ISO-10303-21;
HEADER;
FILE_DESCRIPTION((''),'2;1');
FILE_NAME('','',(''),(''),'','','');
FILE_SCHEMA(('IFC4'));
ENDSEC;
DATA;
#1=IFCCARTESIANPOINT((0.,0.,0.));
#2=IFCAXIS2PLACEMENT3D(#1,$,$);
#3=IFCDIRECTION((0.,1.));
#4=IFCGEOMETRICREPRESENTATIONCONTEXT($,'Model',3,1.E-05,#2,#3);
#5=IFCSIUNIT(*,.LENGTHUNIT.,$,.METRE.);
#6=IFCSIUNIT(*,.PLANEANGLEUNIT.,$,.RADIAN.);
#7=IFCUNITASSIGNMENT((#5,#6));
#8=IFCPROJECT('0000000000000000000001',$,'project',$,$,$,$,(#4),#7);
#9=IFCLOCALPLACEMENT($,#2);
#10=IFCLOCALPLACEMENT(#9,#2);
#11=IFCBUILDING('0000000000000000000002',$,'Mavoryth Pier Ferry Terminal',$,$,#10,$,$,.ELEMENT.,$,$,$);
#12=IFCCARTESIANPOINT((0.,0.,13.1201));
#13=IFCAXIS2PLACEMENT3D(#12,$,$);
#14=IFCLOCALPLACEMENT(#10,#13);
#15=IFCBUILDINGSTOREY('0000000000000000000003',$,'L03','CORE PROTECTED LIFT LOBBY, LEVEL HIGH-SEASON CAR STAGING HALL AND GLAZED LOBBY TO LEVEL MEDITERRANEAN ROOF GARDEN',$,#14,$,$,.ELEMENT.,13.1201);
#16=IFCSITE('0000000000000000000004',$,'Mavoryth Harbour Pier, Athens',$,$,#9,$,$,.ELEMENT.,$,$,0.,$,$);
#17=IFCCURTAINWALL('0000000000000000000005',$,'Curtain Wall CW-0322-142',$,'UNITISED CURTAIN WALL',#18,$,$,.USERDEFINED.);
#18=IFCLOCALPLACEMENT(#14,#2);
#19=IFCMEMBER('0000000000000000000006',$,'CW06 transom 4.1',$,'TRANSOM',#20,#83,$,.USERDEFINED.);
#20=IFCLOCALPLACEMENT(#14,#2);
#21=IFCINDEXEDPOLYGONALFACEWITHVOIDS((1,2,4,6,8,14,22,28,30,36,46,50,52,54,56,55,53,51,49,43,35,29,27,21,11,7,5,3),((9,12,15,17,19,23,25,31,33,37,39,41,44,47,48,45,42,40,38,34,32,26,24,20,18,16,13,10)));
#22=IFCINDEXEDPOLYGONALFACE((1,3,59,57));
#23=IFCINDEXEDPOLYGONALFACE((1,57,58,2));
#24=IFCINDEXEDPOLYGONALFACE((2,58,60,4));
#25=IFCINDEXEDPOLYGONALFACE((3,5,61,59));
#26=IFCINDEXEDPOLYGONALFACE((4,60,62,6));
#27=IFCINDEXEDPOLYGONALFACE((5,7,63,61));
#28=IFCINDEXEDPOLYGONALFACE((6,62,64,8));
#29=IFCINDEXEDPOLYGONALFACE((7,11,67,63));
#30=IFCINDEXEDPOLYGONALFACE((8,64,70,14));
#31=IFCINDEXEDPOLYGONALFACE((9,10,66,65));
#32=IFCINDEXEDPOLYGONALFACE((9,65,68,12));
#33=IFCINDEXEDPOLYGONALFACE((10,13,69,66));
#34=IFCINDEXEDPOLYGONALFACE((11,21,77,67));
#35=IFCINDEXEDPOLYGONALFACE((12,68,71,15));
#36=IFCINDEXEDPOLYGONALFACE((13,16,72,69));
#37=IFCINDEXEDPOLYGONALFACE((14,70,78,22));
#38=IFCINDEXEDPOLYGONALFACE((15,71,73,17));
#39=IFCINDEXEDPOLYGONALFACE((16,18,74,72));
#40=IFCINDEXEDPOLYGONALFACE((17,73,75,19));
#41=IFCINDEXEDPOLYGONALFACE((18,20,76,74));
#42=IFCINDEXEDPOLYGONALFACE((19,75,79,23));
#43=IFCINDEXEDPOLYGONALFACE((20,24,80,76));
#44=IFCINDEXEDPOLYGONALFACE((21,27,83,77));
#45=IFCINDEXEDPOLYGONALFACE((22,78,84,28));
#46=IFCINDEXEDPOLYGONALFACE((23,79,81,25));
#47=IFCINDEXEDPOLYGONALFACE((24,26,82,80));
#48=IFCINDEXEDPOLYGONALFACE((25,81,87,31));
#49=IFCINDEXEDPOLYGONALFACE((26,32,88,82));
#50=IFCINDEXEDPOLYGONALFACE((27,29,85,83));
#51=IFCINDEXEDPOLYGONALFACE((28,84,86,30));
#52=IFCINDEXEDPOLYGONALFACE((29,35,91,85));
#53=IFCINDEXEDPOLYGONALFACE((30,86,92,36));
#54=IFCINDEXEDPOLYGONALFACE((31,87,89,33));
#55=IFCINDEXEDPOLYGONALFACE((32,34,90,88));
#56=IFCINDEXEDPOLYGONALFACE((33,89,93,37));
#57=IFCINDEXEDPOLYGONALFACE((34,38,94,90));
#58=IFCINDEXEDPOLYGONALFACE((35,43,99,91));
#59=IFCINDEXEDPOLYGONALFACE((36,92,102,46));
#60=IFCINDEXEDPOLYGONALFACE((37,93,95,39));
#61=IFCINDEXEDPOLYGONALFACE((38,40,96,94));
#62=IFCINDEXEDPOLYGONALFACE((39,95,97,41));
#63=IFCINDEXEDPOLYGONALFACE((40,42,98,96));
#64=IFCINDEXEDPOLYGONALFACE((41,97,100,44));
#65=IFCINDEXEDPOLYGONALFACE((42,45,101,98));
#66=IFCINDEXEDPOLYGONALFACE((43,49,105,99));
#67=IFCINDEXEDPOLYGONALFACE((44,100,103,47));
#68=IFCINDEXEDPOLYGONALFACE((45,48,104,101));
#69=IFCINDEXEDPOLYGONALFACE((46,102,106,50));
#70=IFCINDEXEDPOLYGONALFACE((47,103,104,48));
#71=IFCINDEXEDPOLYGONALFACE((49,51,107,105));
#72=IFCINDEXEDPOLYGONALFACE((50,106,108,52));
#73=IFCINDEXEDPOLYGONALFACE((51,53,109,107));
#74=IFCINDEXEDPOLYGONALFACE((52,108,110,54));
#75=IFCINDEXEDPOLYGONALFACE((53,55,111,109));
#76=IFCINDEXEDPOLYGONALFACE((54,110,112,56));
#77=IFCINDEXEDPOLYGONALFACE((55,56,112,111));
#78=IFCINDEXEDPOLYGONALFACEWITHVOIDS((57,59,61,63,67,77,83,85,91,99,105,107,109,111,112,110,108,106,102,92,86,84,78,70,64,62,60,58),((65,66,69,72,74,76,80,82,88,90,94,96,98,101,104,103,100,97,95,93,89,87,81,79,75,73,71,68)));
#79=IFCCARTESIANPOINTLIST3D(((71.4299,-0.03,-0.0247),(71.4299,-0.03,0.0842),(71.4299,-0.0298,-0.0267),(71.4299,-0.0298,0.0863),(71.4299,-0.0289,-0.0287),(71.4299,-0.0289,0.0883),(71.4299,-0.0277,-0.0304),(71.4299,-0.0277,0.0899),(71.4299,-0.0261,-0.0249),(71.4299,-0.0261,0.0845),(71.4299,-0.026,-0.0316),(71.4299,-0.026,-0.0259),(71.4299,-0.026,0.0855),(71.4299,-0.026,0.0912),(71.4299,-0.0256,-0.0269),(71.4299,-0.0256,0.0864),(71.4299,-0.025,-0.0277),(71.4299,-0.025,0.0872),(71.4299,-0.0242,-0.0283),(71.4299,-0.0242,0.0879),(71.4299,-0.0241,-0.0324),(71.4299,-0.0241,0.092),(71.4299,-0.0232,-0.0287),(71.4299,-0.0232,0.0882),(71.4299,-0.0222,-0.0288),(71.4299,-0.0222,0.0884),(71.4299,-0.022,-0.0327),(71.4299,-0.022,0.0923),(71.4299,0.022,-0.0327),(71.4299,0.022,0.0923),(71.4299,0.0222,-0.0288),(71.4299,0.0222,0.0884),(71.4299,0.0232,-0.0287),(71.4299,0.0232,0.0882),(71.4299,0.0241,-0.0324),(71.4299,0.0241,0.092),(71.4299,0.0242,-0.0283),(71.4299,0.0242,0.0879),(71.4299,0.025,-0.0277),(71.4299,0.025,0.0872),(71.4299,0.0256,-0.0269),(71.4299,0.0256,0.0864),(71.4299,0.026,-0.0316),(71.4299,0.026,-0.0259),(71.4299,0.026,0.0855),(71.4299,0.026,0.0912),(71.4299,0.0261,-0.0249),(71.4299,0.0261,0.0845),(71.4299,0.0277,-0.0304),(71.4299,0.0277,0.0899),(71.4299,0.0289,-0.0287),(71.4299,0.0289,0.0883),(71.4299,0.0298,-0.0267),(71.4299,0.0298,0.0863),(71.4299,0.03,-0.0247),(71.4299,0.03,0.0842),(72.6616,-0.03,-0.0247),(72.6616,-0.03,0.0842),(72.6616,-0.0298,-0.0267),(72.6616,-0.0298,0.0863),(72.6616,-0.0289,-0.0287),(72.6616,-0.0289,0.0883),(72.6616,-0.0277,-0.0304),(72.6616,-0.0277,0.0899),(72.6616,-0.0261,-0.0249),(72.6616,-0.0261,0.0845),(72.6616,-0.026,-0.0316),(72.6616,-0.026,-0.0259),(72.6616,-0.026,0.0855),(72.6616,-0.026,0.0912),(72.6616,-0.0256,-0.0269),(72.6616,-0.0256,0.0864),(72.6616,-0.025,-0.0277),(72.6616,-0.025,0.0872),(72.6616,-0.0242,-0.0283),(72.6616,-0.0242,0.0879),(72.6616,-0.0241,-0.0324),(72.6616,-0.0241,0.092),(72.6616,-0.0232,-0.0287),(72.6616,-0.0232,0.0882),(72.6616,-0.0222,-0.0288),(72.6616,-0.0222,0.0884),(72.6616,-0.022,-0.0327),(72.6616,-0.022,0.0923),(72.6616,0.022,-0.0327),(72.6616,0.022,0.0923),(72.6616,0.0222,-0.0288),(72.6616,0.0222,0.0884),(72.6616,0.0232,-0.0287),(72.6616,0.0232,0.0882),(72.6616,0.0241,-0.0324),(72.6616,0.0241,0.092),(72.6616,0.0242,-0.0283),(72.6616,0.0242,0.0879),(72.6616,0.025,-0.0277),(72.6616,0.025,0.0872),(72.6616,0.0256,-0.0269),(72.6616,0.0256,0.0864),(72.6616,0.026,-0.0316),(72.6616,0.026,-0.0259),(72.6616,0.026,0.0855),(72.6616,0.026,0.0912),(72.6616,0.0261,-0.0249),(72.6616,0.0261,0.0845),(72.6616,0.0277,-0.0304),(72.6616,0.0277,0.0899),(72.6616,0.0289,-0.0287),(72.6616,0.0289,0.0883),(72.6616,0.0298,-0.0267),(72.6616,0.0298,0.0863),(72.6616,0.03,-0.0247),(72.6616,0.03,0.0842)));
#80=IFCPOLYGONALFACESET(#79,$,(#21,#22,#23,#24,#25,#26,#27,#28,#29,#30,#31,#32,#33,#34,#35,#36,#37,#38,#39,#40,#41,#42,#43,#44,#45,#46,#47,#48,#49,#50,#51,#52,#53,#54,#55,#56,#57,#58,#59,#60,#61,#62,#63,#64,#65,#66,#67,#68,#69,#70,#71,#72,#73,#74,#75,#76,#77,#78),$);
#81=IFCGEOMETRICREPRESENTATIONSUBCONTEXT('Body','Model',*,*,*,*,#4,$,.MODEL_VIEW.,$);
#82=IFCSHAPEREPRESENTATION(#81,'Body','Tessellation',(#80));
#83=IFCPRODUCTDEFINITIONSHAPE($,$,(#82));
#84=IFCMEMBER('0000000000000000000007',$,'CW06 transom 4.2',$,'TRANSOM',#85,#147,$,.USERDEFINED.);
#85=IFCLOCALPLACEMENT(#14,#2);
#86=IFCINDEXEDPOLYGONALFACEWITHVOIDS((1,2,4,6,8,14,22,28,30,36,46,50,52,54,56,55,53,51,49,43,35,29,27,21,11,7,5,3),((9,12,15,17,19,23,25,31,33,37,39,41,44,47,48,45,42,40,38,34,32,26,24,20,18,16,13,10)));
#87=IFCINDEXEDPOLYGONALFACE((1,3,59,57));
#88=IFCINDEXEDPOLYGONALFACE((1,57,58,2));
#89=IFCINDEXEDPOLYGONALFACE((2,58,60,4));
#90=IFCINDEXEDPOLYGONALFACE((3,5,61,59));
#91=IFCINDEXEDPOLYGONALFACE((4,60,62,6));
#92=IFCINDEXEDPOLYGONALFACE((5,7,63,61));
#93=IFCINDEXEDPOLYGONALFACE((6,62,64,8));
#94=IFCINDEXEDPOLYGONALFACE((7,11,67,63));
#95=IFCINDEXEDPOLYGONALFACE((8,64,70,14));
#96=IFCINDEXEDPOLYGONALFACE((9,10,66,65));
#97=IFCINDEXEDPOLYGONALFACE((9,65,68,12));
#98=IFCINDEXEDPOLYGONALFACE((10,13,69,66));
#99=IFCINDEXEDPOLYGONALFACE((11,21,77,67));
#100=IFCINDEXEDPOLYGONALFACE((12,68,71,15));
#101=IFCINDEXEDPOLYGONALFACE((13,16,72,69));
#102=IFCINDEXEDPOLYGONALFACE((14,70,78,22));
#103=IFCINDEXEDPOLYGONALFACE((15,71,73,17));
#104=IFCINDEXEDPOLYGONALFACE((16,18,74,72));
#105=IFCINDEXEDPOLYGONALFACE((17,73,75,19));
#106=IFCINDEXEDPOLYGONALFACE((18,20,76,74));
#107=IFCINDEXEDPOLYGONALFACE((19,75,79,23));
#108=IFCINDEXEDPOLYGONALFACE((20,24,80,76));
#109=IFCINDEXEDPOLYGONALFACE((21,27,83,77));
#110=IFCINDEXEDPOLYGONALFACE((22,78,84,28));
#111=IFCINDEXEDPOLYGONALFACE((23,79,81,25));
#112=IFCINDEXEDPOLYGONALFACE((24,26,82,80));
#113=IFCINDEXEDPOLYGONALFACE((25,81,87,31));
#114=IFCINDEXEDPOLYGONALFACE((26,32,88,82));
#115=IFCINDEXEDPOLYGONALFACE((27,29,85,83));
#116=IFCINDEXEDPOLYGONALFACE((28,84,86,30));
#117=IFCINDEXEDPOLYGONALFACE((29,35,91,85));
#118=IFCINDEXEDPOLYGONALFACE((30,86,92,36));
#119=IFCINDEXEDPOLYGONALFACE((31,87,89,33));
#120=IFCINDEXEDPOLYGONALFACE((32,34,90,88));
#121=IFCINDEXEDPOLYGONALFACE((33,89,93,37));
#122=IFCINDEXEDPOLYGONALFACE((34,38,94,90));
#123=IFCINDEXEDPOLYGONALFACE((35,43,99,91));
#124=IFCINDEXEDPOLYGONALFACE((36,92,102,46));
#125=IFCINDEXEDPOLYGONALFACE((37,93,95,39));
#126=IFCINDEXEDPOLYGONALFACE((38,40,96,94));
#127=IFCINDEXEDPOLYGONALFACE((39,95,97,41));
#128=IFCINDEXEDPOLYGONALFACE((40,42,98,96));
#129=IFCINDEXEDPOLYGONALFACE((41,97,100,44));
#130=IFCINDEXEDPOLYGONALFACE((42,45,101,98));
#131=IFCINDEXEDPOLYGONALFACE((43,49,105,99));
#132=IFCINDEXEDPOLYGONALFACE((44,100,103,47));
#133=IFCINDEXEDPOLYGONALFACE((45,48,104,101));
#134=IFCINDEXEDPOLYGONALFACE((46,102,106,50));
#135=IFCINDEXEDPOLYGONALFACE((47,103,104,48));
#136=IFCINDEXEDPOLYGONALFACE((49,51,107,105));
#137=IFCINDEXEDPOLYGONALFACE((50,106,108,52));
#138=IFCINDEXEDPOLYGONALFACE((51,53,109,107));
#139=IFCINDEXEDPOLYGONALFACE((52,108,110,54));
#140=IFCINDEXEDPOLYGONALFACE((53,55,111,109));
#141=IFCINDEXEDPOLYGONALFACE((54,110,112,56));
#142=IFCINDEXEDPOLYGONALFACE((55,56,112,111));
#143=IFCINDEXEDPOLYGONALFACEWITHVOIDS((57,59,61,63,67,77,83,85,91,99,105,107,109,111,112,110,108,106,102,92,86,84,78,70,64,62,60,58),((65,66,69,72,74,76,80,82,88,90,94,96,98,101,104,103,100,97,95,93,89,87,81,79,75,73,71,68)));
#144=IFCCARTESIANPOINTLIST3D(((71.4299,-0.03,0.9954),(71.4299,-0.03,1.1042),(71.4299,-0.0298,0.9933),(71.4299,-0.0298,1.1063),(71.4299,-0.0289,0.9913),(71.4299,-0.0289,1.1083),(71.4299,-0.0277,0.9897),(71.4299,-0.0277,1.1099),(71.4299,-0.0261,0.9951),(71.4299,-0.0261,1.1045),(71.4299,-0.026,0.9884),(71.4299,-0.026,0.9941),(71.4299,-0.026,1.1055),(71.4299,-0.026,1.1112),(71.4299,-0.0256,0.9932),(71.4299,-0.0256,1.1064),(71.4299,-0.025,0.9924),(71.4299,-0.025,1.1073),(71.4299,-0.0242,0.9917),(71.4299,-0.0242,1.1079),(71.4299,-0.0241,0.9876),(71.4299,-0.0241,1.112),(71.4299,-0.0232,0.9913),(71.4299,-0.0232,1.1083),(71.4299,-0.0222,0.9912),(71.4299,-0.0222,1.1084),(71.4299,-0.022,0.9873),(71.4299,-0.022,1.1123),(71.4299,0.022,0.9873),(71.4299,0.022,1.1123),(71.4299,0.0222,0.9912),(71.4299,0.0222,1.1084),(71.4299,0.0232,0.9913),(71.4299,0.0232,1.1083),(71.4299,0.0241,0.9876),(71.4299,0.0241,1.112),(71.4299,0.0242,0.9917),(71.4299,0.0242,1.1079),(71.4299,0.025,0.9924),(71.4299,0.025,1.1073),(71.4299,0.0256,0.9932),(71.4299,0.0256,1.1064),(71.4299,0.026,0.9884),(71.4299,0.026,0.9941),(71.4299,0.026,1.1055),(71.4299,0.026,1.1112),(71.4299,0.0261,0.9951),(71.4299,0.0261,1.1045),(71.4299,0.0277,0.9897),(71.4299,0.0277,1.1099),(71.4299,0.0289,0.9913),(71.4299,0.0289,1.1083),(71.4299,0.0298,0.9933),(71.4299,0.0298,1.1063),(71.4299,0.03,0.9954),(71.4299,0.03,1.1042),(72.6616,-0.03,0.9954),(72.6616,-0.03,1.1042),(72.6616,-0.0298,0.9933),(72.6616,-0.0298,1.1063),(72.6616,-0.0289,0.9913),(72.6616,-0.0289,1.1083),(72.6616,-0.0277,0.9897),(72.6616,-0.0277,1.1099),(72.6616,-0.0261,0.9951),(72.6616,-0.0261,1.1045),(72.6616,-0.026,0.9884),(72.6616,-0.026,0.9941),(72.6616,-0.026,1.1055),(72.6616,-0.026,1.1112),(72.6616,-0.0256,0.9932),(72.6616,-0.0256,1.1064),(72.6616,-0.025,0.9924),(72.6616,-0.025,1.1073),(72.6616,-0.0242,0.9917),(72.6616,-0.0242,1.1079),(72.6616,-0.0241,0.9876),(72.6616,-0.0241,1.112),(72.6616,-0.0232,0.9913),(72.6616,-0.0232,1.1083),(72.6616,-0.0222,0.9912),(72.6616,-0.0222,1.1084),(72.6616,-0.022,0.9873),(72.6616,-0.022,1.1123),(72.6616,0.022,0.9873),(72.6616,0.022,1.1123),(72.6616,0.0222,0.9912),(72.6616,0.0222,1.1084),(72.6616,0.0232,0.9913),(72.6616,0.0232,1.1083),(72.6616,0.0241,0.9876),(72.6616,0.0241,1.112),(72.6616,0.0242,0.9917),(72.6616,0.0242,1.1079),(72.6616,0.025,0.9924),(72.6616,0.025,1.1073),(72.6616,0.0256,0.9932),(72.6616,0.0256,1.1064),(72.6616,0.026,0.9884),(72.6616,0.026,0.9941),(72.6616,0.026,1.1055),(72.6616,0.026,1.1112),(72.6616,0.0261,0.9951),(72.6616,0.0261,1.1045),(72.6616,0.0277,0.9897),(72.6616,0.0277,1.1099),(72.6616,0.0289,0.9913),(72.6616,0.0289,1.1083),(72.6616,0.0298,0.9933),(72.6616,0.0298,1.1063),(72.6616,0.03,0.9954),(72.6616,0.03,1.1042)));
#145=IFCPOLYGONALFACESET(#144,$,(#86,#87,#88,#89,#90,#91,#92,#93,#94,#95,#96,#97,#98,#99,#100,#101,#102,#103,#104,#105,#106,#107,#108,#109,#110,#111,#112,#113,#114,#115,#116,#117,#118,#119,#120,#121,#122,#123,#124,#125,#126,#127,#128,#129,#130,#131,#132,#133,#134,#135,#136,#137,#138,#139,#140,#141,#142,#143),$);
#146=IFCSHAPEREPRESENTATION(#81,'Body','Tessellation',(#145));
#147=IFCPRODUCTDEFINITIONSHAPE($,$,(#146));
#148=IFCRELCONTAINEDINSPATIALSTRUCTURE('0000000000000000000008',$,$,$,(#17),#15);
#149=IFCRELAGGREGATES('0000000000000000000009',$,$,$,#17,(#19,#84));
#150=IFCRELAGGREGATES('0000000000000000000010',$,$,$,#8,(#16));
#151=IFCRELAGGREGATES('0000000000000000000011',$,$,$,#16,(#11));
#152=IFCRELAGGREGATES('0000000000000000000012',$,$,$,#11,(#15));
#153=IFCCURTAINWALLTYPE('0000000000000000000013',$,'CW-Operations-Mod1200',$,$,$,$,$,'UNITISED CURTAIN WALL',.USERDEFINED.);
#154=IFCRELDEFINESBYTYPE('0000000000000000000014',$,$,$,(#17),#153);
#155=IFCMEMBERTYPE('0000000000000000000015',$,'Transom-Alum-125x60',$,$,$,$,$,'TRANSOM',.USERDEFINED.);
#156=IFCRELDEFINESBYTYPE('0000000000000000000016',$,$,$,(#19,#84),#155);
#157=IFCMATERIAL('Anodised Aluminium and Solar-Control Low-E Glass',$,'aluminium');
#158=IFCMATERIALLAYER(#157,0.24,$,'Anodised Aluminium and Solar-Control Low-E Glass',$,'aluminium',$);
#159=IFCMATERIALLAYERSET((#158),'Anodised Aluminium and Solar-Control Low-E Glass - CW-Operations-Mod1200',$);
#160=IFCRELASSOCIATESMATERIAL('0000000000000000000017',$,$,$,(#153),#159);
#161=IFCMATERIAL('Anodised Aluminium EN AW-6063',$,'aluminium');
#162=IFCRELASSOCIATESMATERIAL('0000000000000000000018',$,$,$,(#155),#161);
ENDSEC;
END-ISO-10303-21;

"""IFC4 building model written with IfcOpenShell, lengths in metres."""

from ifc_helpers import new_model, si_unit, direction, frame, origin, origin_2d, place, context, subcontext, project, spatial, hollow_rectangle, extrude, material, layer, layer_set, material_profile, profile_set, type_object, element, aggregate, save


model = new_model("IFC4")

# Units and contexts
model_context = context("Model", 3, precision=1e-05, world=origin(), true_north=direction((0.0, 1.0)))
body_context = subcontext(model_context, "Body", "Model", "MODEL_VIEW")
ifc_project = project(units=[si_unit("LENGTHUNIT", "METRE"), si_unit("PLANEANGLEUNIT", "RADIAN")], contexts=[model_context])

# Site, building, storey
site_placement = place(None, origin())
site = spatial("IfcSite", under=ifc_project, at=site_placement, Name="Mavoryth Harbour Pier, Athens", CompositionType="ELEMENT", RefElevation=0.0)
building_placement = place(site_placement, origin())
building = spatial("IfcBuilding", under=site, at=building_placement, Name="Mavoryth Pier Ferry Terminal", CompositionType="ELEMENT")
storey_placement = place(building_placement, frame((0.0, 0.0, 13.1201)))
storey = spatial("IfcBuildingStorey", under=building, at=storey_placement, Name="L03", Description="CORE PROTECTED LIFT LOBBY, LEVEL HIGH-SEASON CAR STAGING HALL AND GLAZED LOBBY TO LEVEL MEDITERRANEAN ROOF GARDEN", CompositionType="ELEMENT", Elevation=13.1201)

# Curtain wall, members
ifc_material_1 = material(Name="Anodised Aluminium and Solar-Control Low-E Glass", Category="aluminium")
ifc_layer_1 = layer(ifc_material_1, 0.24, Name="Anodised Aluminium and Solar-Control Low-E Glass", Category="aluminium")
ifc_layer_set_1 = layer_set([ifc_layer_1], Name="Anodised Aluminium and Solar-Control Low-E Glass - CW-Operations-Mod1200")
curtain_wall_type = type_object("IfcCurtainWallType", Name="CW-Operations-Mod1200", ElementType="UNITISED CURTAIN WALL", PredefinedType="USERDEFINED", material=ifc_layer_set_1)
curtain_wall_placement = place(storey_placement, origin())
curtain_wall = element("IfcCurtainWall", 1, at=curtain_wall_placement, inside=storey, type_object=curtain_wall_type, Name="Curtain Wall CW-0322-142", ObjectType="UNITISED CURTAIN WALL", PredefinedType="USERDEFINED")
ifc_material_2 = material(Name="Anodised Aluminium EN AW-6063", Category="aluminium")
ifc_material_profile_1 = material_profile(ifc_material_2, hollow_rectangle(XDim=0.0601, YDim=0.125, WallThickness=0.0039, InnerFilletRadius=0.0039, OuterFilletRadius=0.0081, at=origin_2d()), Name="AL-TRAN 125x60x4", Category="aluminium")
ifc_profile_set_1 = profile_set([ifc_material_profile_1], Name="Anodised Aluminium EN AW-6063 - AL-TRAN 125x60x4")
member_type_1 = type_object("IfcMemberType", Name="Transom-Alum-125x60", ElementType="TRANSOM", PredefinedType="USERDEFINED", material=ifc_profile_set_1)
member_1_placement = place(storey_placement, frame((71.4299, 0.0, 0.0298), z_axis=(1.0, 0.0, 0.0), x_axis=(0.0, 1.0, 0.0)))
member_1 = element("IfcMember", 2, at=member_1_placement, type_object=member_type_1, Name="CW06 transom 4.1", ObjectType="TRANSOM", PredefinedType="USERDEFINED", context=body_context, shape_type="SweptSolid", body=[
    extrude(hollow_rectangle(XDim=0.0601, YDim=0.125, WallThickness=0.0039, InnerFilletRadius=0.0039, OuterFilletRadius=0.0081, at=origin_2d()), origin(), (0.0, 0.0, 1.0), 1.2317),
])
member_2_placement = place(storey_placement, frame((71.4299, 0.0, 1.0498), z_axis=(1.0, 0.0, 0.0), x_axis=(0.0, 1.0, 0.0)))
member_2 = element("IfcMember", 3, at=member_2_placement, type_object=member_type_1, Name="CW06 transom 4.2", ObjectType="TRANSOM", PredefinedType="USERDEFINED", context=body_context, shape_type="SweptSolid", body=[
    extrude(hollow_rectangle(XDim=0.0601, YDim=0.125, WallThickness=0.0039, InnerFilletRadius=0.0039, OuterFilletRadius=0.0081, at=origin_2d()), origin(), (0.0, 0.0, 1.0), 1.2317),
])
aggregate(curtain_wall, [member_1, member_2])

save(model, "model.ifc")
